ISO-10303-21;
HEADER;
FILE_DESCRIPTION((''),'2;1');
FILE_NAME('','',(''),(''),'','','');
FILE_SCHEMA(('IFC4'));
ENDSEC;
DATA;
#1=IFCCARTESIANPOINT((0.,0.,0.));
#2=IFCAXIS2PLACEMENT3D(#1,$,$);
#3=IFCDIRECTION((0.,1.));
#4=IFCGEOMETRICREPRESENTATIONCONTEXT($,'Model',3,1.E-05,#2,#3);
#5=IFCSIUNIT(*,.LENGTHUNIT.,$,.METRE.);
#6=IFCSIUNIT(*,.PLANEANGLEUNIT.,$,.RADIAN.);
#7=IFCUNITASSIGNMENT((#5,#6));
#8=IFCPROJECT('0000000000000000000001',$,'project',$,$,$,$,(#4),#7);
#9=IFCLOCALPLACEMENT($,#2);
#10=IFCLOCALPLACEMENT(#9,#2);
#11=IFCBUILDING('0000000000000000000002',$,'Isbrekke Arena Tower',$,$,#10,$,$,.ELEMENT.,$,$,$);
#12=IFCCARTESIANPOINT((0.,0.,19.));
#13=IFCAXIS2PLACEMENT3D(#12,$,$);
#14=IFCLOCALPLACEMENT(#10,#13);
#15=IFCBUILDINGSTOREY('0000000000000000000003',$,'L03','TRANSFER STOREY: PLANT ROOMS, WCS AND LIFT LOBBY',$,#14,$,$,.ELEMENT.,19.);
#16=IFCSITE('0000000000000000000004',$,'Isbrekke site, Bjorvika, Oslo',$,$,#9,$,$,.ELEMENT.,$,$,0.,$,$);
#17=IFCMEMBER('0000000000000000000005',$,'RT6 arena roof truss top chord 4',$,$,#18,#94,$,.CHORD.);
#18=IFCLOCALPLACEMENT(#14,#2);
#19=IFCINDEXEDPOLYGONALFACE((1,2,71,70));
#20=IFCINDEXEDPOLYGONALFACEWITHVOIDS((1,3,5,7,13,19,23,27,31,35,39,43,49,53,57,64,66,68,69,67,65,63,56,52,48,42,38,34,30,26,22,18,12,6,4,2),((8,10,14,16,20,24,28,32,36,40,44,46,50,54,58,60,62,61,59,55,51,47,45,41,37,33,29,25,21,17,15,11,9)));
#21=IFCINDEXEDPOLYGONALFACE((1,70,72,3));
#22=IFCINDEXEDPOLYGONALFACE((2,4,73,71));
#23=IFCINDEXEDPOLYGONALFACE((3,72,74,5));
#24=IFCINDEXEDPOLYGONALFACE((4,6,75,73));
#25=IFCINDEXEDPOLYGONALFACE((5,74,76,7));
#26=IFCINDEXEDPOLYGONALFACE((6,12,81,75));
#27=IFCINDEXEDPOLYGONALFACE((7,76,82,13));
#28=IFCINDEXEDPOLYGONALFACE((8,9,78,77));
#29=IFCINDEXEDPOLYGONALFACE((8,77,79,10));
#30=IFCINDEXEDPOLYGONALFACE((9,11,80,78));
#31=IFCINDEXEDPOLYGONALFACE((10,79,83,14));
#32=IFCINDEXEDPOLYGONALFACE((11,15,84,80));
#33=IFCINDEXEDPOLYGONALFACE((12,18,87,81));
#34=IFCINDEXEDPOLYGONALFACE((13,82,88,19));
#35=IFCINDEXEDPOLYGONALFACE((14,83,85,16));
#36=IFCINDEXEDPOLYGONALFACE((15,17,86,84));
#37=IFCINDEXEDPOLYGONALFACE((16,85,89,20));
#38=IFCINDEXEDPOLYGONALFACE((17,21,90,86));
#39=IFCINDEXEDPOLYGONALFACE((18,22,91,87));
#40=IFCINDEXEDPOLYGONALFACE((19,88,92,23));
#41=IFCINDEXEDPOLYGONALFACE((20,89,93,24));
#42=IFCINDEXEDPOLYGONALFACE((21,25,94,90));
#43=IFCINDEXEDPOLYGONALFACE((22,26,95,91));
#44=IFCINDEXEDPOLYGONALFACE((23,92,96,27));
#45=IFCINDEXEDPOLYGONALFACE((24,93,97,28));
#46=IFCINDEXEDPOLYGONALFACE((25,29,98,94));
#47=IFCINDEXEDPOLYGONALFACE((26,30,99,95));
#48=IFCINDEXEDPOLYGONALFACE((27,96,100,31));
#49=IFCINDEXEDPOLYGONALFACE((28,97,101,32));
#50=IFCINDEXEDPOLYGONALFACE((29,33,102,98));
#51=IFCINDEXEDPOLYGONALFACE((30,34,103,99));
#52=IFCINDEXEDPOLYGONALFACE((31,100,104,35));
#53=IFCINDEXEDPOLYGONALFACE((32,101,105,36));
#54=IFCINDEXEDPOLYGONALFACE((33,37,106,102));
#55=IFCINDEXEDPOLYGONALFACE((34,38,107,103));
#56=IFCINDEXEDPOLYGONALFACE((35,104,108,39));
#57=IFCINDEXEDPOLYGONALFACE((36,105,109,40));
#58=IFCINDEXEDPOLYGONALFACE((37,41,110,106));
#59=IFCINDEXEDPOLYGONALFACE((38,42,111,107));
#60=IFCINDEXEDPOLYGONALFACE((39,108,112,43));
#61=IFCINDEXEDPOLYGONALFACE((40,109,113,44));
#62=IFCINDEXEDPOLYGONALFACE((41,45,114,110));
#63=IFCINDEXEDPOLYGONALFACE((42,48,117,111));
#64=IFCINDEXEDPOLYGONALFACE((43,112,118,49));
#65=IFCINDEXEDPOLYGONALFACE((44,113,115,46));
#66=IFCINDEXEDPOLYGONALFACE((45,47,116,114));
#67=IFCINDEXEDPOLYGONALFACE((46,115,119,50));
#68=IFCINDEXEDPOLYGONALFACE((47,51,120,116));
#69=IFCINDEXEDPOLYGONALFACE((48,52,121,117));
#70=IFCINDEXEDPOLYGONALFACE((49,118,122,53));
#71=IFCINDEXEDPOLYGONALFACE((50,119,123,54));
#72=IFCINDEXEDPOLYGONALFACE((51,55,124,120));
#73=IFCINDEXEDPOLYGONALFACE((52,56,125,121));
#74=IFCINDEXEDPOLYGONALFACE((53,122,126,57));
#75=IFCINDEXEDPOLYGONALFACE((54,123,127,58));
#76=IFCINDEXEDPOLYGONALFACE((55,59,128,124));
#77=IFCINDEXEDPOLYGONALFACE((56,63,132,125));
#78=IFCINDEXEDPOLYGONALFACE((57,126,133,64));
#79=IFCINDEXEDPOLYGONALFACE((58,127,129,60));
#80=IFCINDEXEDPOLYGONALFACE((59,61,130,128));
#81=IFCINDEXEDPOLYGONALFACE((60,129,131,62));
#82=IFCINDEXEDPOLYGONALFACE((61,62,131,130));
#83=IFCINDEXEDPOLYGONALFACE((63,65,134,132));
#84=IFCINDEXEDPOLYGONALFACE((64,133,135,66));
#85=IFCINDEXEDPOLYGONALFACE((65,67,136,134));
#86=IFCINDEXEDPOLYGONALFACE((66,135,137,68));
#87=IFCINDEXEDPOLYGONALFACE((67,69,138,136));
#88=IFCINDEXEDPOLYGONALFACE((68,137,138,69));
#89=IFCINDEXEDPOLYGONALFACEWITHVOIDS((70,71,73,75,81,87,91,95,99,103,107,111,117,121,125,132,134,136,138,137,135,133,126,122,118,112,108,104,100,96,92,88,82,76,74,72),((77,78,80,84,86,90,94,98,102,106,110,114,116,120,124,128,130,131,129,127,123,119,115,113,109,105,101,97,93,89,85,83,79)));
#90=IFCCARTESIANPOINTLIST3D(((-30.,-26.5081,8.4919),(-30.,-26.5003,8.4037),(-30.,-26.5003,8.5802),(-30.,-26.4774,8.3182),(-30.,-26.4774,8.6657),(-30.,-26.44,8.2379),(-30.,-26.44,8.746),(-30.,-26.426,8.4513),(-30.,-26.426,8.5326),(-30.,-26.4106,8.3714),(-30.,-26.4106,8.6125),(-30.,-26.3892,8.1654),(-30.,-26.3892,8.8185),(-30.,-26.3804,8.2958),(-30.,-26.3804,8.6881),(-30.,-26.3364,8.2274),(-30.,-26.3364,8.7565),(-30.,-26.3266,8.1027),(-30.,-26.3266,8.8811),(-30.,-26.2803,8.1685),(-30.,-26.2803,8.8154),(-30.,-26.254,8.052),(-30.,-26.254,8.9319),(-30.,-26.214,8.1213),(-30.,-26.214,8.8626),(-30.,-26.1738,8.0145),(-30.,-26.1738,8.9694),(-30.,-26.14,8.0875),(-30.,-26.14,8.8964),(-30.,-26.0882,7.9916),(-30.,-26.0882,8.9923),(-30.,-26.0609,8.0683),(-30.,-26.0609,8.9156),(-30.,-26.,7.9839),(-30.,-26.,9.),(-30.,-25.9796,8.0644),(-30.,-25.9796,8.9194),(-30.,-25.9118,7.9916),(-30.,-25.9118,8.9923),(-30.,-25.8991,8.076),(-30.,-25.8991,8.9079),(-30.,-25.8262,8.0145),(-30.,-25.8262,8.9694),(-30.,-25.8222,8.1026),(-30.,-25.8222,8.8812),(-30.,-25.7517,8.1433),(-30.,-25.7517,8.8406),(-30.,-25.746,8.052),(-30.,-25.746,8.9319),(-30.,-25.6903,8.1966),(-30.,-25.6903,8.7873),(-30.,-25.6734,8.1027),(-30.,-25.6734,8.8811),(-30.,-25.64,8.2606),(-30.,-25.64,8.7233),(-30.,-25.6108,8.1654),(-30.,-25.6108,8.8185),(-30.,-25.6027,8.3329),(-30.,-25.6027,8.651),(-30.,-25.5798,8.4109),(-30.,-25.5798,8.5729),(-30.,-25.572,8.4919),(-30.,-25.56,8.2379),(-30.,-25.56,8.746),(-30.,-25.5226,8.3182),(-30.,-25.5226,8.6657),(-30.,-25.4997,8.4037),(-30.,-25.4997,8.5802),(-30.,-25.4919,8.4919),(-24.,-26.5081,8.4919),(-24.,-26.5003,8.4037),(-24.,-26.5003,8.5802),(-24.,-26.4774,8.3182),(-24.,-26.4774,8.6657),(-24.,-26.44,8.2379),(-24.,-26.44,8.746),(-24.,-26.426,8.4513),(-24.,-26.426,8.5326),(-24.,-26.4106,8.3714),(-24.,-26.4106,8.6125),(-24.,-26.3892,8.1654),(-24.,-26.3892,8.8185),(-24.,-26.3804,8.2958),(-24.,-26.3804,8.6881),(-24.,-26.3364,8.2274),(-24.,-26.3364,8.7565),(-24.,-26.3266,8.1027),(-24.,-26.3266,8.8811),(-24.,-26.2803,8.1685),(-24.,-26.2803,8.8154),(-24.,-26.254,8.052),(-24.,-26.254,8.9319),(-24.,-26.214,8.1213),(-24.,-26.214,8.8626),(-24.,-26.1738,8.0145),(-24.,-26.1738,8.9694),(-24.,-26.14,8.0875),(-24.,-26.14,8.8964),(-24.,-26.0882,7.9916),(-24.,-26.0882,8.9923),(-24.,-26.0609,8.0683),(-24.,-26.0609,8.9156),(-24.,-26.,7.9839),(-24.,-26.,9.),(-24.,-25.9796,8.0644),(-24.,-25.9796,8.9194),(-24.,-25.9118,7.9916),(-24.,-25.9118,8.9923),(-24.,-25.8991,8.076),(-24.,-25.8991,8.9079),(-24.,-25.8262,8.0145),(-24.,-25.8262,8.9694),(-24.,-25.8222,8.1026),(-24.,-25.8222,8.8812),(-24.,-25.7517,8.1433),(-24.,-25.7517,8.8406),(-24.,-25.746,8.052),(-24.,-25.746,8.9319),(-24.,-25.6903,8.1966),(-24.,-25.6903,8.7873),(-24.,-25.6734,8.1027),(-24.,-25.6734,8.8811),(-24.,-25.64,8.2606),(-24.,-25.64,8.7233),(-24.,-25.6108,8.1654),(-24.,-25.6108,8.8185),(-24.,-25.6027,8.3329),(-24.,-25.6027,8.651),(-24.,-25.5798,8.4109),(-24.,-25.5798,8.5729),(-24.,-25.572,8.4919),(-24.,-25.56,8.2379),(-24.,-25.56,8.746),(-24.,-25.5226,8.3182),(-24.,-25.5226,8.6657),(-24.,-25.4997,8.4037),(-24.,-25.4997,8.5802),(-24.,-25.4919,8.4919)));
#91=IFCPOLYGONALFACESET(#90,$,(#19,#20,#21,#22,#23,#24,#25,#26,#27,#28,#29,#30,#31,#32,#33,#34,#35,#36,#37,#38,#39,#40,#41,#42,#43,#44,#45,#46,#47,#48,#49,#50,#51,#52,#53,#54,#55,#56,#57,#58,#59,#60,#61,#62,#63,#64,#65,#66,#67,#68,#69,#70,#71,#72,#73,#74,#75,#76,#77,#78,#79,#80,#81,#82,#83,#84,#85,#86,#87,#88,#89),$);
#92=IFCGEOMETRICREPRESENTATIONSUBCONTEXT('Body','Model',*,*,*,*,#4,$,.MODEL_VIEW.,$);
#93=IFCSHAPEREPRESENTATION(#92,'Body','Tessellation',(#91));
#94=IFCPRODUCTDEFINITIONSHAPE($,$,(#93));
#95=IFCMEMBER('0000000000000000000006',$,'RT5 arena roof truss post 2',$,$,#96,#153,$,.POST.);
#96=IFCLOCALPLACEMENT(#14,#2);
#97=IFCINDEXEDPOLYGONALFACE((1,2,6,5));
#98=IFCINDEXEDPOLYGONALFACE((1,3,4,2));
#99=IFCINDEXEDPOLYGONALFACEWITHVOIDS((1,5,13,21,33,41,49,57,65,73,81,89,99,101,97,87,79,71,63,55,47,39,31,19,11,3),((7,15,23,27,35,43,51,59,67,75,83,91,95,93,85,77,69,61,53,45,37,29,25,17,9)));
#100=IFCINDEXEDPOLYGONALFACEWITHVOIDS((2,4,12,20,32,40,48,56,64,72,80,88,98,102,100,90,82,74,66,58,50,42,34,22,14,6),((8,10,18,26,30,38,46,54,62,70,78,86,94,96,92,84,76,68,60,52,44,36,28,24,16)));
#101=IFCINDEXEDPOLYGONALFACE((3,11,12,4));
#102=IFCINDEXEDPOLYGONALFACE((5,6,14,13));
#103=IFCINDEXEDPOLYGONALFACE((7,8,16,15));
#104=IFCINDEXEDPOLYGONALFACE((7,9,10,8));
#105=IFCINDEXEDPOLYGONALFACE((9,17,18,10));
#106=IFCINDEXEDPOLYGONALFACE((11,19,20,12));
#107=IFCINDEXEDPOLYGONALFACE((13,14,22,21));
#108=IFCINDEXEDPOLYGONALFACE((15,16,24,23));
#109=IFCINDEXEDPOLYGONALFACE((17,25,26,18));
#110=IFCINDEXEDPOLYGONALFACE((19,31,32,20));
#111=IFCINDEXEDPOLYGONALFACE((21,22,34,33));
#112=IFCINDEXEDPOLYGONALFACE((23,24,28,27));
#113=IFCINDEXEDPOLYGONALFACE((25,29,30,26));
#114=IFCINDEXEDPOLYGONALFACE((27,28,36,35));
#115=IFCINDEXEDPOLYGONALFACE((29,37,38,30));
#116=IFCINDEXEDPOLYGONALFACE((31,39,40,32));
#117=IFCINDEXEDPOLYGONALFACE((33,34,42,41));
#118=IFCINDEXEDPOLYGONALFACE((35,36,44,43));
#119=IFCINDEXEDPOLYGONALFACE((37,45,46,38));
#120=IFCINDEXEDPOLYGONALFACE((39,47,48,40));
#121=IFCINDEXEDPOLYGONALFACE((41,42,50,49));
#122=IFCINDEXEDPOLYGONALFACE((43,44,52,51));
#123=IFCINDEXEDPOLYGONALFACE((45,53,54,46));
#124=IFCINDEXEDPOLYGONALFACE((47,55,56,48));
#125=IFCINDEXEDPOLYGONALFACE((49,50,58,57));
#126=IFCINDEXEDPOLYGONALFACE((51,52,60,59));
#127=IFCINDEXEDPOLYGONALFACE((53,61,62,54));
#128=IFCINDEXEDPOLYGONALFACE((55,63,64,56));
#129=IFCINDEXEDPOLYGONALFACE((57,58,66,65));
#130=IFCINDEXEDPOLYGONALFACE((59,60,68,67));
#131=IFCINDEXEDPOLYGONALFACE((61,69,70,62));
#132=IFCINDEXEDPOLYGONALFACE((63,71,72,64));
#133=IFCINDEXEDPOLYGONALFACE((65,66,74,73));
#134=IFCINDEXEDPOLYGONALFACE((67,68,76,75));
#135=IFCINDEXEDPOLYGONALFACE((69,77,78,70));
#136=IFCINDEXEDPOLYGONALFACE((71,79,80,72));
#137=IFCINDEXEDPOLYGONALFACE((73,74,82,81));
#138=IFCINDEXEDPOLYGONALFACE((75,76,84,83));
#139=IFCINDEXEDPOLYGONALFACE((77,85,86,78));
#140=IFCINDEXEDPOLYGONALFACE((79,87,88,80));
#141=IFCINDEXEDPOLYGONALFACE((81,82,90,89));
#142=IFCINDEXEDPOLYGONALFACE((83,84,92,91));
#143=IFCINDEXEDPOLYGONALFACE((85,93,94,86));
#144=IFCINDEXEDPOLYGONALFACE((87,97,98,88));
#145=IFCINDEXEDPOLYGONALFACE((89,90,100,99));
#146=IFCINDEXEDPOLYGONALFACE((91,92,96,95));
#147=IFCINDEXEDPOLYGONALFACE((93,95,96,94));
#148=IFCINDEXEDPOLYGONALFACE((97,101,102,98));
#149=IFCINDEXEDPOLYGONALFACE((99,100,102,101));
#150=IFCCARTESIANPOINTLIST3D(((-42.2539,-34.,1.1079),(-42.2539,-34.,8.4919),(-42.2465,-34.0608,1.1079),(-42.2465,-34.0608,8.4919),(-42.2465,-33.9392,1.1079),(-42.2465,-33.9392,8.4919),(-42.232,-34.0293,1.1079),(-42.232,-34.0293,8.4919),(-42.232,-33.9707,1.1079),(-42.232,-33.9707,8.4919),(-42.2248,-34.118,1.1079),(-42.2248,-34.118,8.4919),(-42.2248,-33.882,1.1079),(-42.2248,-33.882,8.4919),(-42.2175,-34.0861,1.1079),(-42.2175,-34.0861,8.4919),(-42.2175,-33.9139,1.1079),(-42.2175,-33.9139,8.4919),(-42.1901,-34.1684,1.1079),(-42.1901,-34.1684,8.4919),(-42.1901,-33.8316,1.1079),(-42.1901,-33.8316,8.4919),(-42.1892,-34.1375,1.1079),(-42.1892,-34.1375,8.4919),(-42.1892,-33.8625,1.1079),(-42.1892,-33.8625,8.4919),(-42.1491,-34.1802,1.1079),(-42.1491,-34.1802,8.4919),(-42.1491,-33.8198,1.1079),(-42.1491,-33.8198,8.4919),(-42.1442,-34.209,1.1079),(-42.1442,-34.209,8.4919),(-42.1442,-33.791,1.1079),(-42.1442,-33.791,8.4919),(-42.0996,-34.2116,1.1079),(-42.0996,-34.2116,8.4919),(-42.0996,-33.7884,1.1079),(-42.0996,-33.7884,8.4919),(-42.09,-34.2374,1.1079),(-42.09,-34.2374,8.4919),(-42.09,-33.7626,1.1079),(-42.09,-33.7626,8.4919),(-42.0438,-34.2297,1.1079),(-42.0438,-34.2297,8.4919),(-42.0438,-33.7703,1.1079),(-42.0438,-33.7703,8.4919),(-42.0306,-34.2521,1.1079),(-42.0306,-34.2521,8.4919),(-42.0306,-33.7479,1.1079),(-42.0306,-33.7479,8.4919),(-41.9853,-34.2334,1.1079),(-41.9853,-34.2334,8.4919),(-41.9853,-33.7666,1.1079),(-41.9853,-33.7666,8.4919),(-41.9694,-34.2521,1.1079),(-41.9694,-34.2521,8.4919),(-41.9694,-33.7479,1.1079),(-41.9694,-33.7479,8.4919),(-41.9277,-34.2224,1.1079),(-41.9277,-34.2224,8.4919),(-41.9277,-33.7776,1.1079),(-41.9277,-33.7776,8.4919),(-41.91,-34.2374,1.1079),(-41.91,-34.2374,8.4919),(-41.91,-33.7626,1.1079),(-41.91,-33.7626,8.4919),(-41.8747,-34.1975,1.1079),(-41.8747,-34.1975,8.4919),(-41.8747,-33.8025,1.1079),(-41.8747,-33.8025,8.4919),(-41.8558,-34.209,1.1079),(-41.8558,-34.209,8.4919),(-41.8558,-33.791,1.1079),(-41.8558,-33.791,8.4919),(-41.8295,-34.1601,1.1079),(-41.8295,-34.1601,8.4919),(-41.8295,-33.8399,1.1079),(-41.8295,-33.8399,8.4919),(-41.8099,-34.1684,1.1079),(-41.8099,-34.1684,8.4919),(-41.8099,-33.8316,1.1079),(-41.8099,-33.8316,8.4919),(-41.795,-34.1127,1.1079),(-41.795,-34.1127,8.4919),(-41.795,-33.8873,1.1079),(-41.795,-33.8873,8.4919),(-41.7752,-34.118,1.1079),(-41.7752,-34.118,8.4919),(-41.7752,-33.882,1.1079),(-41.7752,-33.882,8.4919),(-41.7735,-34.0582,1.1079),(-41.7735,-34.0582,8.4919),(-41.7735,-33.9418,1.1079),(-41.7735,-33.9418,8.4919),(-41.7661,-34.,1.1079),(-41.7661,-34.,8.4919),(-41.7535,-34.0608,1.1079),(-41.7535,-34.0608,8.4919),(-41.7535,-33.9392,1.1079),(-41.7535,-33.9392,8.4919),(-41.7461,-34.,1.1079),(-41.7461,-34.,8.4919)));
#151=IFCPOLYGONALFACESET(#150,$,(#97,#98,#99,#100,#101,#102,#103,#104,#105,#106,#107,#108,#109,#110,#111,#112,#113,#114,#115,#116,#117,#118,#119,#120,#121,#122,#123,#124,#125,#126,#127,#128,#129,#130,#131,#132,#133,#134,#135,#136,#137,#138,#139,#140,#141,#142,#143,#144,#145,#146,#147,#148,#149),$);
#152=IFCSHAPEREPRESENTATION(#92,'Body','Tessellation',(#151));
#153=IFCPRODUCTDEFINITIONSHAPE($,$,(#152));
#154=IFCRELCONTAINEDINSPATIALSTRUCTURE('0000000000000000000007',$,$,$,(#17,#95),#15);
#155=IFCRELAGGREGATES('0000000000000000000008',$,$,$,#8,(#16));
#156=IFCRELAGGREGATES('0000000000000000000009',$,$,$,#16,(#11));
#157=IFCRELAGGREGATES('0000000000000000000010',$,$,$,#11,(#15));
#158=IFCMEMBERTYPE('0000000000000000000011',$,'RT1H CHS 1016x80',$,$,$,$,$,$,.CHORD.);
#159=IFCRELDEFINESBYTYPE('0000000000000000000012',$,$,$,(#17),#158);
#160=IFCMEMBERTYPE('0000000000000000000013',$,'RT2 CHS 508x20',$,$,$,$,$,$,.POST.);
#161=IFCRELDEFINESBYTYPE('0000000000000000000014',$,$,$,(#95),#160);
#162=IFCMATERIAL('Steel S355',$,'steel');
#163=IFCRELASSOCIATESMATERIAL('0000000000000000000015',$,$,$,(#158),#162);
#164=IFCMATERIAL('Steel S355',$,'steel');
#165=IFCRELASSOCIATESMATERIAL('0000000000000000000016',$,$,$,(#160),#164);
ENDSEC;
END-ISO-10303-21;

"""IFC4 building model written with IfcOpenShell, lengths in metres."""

from ifc_helpers import new_model, si_unit, direction, frame, origin, origin_2d, place, context, subcontext, project, spatial, hollow_circle, extrude, material, material_profile, profile_set, type_object, element, save


model = new_model("IFC4")

# Units and contexts
model_context = context("Model", 3, precision=1e-05, world=origin(), true_north=direction((0.0, 1.0)))
body_context = subcontext(model_context, "Body", "Model", "MODEL_VIEW")
ifc_project = project(units=[si_unit("LENGTHUNIT", "METRE"), si_unit("PLANEANGLEUNIT", "RADIAN")], contexts=[model_context])

# Site, building, storey
site_placement = place(None, origin())
site = spatial("IfcSite", under=ifc_project, at=site_placement, Name="Isbrekke site, Bjorvika, Oslo", CompositionType="ELEMENT", RefElevation=0.0)
building_placement = place(site_placement, origin())
building = spatial("IfcBuilding", under=site, at=building_placement, Name="Isbrekke Arena Tower", CompositionType="ELEMENT")
storey_placement = place(building_placement, frame((0.0, 0.0, 19.0)))
storey = spatial("IfcBuildingStorey", under=building, at=storey_placement, Name="L03", Description="TRANSFER STOREY: PLANT ROOMS, WCS AND LIFT LOBBY", CompositionType="ELEMENT", Elevation=19.0)

# Members
ifc_material_1 = material(Name="Steel S355", Category="steel")
ifc_material_profile_1 = material_profile(ifc_material_1, hollow_circle(Radius=0.5081, WallThickness=0.0801, at=origin_2d()), Name="CHS 1016x80")
ifc_profile_set_1 = profile_set([ifc_material_profile_1], Name="Steel S355")
member_type_1 = type_object("IfcMemberType", Name="RT1H CHS 1016x80", PredefinedType="CHORD", material=ifc_profile_set_1)
for number, where, z_axis, x_axis, name in (
    (1, (-30.0, -26.0, 8.4919), (1.0, 0.0, 0.0), (0.0, 1.0, 0.0), "RT6 arena roof truss top chord 4"),
):
    element("IfcMember", number, at=place(storey_placement, frame(where, z_axis=z_axis, x_axis=x_axis)), inside=storey, type_object=member_type_1, Name=name, PredefinedType="CHORD", context=body_context, shape_type="SweptSolid", body=[
        extrude(hollow_circle(Radius=0.5081, WallThickness=0.0801, at=origin_2d()), origin(), (0.0, 0.0, 1.0), 6.0),
    ])
ifc_material_2 = material(Name="Steel S355", Category="steel")
ifc_material_profile_2 = material_profile(ifc_material_2, hollow_circle(Radius=0.2539, WallThickness=0.02, at=origin_2d()), Name="CHS 508x20")
ifc_profile_set_2 = profile_set([ifc_material_profile_2], Name="Steel S355")
member_type_2 = type_object("IfcMemberType", Name="RT2 CHS 508x20", PredefinedType="POST", material=ifc_profile_set_2)
for number, where, z_axis, x_axis, name in (
    (2, (-42.0, -34.0, 1.1079), (0.0, 0.0, 1.0), (1.0, 0.0, 0.0), "RT5 arena roof truss post 2"),
):
    element("IfcMember", number, at=place(storey_placement, frame(where, z_axis=z_axis, x_axis=x_axis)), inside=storey, type_object=member_type_2, Name=name, PredefinedType="POST", context=body_context, shape_type="SweptSolid", body=[
        extrude(hollow_circle(Radius=0.2539, WallThickness=0.02, at=origin_2d()), origin(), (0.0, 0.0, 1.0), 7.384),
    ])

save(model, "model.ifc")
